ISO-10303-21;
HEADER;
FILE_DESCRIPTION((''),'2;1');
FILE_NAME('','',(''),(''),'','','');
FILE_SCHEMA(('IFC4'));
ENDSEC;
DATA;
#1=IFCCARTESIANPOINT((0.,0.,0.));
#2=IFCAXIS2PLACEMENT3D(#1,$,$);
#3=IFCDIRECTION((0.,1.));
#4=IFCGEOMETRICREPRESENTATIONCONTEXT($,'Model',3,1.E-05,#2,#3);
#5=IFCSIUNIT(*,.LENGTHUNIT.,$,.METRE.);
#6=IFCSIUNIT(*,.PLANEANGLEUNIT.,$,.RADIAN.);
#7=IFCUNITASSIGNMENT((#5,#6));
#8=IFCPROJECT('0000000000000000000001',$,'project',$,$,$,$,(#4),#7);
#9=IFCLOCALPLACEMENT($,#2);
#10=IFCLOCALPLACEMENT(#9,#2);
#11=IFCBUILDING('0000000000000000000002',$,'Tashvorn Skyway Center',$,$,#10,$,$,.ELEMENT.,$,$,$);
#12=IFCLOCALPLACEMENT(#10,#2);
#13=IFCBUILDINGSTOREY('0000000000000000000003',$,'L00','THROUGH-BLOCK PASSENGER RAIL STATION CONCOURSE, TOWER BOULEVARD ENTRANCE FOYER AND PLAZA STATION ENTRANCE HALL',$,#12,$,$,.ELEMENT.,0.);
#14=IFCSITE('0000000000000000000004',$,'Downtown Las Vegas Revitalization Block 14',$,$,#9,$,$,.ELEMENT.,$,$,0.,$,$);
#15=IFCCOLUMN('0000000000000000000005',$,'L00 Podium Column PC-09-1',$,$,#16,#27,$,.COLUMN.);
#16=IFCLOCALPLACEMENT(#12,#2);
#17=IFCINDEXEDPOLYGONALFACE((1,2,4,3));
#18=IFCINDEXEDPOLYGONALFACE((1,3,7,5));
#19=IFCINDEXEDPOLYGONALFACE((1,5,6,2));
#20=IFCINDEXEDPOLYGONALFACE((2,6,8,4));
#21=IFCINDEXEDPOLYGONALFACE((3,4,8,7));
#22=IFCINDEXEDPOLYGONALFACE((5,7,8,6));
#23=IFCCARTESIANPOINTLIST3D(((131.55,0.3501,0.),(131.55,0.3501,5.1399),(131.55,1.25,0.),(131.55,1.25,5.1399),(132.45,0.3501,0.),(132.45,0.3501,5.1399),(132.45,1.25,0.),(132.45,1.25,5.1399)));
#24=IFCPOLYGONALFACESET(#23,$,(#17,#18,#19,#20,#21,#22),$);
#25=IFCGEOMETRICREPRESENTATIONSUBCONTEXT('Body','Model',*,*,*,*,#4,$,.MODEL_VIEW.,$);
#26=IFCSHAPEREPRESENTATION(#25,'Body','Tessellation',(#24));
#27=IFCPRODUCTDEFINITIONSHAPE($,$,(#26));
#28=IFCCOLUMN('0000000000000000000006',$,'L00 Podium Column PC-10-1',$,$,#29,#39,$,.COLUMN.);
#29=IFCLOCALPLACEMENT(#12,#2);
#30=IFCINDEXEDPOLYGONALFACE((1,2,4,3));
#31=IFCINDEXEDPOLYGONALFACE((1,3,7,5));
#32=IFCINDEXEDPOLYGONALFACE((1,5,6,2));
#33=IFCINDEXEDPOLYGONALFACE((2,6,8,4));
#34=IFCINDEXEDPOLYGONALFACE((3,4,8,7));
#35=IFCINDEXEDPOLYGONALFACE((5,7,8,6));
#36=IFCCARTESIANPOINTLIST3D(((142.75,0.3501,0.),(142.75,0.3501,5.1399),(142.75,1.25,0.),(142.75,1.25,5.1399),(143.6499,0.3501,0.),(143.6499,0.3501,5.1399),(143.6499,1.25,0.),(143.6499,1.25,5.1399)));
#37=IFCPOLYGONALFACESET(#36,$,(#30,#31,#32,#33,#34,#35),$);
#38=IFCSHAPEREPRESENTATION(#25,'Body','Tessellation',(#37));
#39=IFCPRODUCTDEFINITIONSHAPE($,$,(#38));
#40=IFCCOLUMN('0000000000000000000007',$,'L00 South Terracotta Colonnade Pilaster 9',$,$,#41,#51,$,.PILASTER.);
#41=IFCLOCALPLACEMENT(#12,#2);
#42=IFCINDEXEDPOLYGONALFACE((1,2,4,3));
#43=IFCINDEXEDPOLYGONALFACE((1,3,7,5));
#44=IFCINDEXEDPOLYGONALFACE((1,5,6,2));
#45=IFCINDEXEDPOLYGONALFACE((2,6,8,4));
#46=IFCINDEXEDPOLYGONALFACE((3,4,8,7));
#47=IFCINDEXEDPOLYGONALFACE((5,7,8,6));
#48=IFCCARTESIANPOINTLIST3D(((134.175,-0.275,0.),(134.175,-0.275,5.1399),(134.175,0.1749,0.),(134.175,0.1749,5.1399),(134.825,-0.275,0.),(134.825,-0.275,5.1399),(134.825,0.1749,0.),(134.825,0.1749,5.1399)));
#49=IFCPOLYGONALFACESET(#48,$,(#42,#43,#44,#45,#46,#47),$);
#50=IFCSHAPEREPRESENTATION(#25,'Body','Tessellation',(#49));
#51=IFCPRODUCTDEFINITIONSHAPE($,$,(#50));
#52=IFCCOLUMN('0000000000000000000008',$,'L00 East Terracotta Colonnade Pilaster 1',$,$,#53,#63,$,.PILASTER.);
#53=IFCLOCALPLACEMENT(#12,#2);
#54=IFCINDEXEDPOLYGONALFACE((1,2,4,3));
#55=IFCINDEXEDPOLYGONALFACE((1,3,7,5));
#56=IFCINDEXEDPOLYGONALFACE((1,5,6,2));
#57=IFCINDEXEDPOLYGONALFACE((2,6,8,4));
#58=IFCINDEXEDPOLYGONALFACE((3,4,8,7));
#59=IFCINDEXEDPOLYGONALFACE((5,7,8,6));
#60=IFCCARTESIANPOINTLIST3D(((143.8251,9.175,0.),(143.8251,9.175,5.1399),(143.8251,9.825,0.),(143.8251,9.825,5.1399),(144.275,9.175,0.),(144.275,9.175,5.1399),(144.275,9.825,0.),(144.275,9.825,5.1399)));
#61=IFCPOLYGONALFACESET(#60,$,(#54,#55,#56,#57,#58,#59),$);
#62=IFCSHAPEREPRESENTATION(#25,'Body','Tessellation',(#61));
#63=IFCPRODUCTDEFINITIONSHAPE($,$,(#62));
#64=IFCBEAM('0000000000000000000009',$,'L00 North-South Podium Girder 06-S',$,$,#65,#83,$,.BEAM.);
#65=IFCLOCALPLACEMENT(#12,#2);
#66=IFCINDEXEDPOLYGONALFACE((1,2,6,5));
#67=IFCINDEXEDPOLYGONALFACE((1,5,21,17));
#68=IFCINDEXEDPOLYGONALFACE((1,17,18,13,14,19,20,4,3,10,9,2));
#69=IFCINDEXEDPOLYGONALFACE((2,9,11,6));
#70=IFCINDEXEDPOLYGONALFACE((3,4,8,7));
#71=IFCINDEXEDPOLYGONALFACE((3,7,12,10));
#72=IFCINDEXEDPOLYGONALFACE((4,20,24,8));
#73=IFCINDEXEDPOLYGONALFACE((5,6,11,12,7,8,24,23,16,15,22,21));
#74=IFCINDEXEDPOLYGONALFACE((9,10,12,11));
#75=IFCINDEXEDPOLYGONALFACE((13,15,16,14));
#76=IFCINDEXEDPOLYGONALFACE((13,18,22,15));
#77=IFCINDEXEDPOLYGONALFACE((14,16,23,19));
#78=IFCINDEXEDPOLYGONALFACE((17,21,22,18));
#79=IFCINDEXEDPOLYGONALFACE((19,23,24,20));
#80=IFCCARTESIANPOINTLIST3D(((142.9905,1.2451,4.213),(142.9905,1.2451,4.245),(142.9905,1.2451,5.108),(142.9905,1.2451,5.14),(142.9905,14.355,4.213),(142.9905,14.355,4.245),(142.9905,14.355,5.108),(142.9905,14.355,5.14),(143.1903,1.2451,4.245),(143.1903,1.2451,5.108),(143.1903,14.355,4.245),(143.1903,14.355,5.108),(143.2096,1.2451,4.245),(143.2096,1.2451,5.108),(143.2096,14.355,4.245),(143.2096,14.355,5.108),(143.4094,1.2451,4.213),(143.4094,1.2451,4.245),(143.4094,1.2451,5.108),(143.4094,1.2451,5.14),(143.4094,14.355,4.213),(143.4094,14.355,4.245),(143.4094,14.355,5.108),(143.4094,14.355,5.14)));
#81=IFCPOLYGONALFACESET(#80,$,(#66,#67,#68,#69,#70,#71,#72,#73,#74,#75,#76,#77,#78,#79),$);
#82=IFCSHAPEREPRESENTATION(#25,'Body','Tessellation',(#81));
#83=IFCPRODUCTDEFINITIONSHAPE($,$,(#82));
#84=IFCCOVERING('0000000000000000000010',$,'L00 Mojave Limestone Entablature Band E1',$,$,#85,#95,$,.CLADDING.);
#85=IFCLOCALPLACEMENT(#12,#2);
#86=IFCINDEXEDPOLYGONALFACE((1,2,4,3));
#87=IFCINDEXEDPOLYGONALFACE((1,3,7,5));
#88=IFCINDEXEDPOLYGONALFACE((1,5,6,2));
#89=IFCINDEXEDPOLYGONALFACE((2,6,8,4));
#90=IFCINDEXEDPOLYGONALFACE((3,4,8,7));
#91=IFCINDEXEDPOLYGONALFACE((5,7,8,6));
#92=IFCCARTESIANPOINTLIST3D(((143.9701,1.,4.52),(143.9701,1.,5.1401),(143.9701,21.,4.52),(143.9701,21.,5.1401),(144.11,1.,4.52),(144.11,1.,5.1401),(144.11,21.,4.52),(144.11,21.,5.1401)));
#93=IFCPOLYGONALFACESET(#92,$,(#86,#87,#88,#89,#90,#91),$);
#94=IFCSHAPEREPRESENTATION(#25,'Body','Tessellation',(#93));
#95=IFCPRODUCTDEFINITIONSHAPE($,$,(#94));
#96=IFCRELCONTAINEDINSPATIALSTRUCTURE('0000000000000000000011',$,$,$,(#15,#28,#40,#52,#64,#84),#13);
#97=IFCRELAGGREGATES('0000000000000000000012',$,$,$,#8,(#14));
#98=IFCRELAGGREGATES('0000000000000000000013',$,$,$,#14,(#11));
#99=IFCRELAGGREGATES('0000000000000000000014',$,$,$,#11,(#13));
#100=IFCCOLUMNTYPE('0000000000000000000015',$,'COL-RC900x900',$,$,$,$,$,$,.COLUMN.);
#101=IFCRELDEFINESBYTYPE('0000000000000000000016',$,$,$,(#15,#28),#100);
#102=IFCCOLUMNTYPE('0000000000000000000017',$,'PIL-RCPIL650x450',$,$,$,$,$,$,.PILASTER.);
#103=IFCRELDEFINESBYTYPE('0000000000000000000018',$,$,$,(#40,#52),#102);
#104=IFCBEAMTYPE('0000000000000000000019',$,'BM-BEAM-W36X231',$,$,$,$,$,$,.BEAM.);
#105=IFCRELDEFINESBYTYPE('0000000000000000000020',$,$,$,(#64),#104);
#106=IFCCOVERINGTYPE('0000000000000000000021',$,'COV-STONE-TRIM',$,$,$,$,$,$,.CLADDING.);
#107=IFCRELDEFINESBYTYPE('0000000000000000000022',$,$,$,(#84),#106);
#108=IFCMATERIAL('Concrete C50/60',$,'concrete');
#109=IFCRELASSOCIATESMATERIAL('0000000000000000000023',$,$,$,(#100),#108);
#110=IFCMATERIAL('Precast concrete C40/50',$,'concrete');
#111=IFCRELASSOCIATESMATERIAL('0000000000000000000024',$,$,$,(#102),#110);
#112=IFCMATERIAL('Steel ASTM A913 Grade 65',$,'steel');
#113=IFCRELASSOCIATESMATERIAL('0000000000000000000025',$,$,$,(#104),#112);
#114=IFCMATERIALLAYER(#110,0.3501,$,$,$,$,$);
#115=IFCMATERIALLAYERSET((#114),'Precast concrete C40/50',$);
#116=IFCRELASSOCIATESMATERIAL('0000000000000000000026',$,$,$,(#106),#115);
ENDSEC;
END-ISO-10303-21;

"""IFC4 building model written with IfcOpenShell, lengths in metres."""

from ifc_helpers import new_model, si_unit, direction, frame, origin, origin_2d, place, context, subcontext, project, spatial, rectangle, i_section, extrude, material, layer, layer_set, material_profile, profile_set, type_object, element, save


model = new_model("IFC4")

# Units and contexts
model_context = context("Model", 3, precision=1e-05, world=origin(), true_north=direction((0.0, 1.0)))
body_context = subcontext(model_context, "Body", "Model", "MODEL_VIEW")
ifc_project = project(units=[si_unit("LENGTHUNIT", "METRE"), si_unit("PLANEANGLEUNIT", "RADIAN")], contexts=[model_context])

# Site, building, storey
site_placement = place(None, origin())
site = spatial("IfcSite", under=ifc_project, at=site_placement, Name="Downtown Las Vegas Revitalization Block 14", CompositionType="ELEMENT", RefElevation=0.0)
building_placement = place(site_placement, origin())
building = spatial("IfcBuilding", under=site, at=building_placement, Name="Tashvorn Skyway Center", CompositionType="ELEMENT")
storey_placement = place(building_placement, origin())
storey = spatial("IfcBuildingStorey", under=building, at=storey_placement, Name="L00", Description="THROUGH-BLOCK PASSENGER RAIL STATION CONCOURSE, TOWER BOULEVARD ENTRANCE FOYER AND PLAZA STATION ENTRANCE HALL", CompositionType="ELEMENT", Elevation=0.0)

# Columns
ifc_material_1 = material(Name="Concrete C50/60", Category="concrete")
ifc_material_profile_1 = material_profile(ifc_material_1, rectangle(XDim=0.8999, YDim=0.8999, at=origin_2d()), Name="RC900x900")
ifc_profile_set_1 = profile_set([ifc_material_profile_1], Name="Concrete C50/60")
column_type_1 = type_object("IfcColumnType", Name="COL-RC900x900", PredefinedType="COLUMN", material=ifc_profile_set_1)
for number, where, z_axis, x_axis, name in (
    (1, (132.0, 0.8, 0.0), (0.0, 0.0, 1.0), (1.0, 0.0, 0.0), "L00 Podium Column PC-09-1"),
    (2, (143.2, 0.8, 0.0), (0.0, 0.0, 1.0), (1.0, 0.0, 0.0), "L00 Podium Column PC-10-1"),
):
    element("IfcColumn", number, at=place(storey_placement, frame(where, z_axis=z_axis, x_axis=x_axis)), inside=storey, type_object=column_type_1, Name=name, PredefinedType="COLUMN", context=body_context, shape_type="SweptSolid", body=[
        extrude(rectangle(XDim=0.8999, YDim=0.8999, at=origin_2d()), origin(), (0.0, 0.0, 1.0), 5.1399),
    ])
ifc_material_2 = material(Name="Precast concrete C40/50", Category="concrete")
ifc_material_profile_2 = material_profile(ifc_material_2, rectangle(XDim=0.6499, YDim=0.45, at=origin_2d()), Name="RCPIL650x450")
ifc_profile_set_2 = profile_set([ifc_material_profile_2], Name="Precast concrete C40/50")
column_type_2 = type_object("IfcColumnType", Name="PIL-RCPIL650x450", PredefinedType="PILASTER", material=ifc_profile_set_2)
for number, where, z_axis, x_axis, name in (
    (3, (134.5, -0.05, 0.0), (0.0, 0.0, 1.0), (1.0, 0.0, 0.0), "L00 South Terracotta Colonnade Pilaster 9"),
    (4, (144.05, 9.5, 0.0), (0.0, 0.0, 1.0), (0.0, 1.0, 0.0), "L00 East Terracotta Colonnade Pilaster 1"),
):
    element("IfcColumn", number, at=place(storey_placement, frame(where, z_axis=z_axis, x_axis=x_axis)), inside=storey, type_object=column_type_2, Name=name, PredefinedType="PILASTER", context=body_context, shape_type="SweptSolid", body=[
        extrude(rectangle(XDim=0.6499, YDim=0.45, at=origin_2d()), origin(), (0.0, 0.0, 1.0), 5.1399),
    ])

# Beam
ifc_material_3 = material(Name="Steel ASTM A913 Grade 65", Category="steel")
ifc_material_profile_3 = material_profile(ifc_material_3, i_section(OverallWidth=0.4189, OverallDepth=0.927, WebThickness=0.0193, FlangeThickness=0.032, at=origin_2d()), Name="W36X231")
ifc_profile_set_3 = profile_set([ifc_material_profile_3], Name="Steel ASTM A913 Grade 65")
beam_type = type_object("IfcBeamType", Name="BM-BEAM-W36X231", PredefinedType="BEAM", material=ifc_profile_set_3)
beam_placement = place(storey_placement, frame((143.2, 1.2451, 4.6765), z_axis=(0.0, 1.0, 0.0), x_axis=(-1.0, 0.0, 0.0)))
element("IfcBeam", 5, at=beam_placement, inside=storey, type_object=beam_type, Name="L00 North-South Podium Girder 06-S", PredefinedType="BEAM", context=body_context, shape_type="SweptSolid", body=[
    extrude(i_section(OverallWidth=0.4189, OverallDepth=0.927, WebThickness=0.0193, FlangeThickness=0.032, at=origin_2d()), origin(), (0.0, 0.0, 1.0), 13.1099),
])

# Covering
ifc_layer_1 = layer(ifc_material_2, 0.3501)
ifc_layer_set_1 = layer_set([ifc_layer_1], Name="Precast concrete C40/50")
covering_type = type_object("IfcCoveringType", Name="COV-STONE-TRIM", PredefinedType="CLADDING", material=ifc_layer_set_1)
covering_placement = place(storey_placement, frame((144.04, 11.0, 4.52), z_axis=(0.0, 0.0, 1.0), x_axis=(1.0, 0.0, 0.0)))
element("IfcCovering", 6, at=covering_placement, inside=storey, type_object=covering_type, Name="L00 Mojave Limestone Entablature Band E1", PredefinedType="CLADDING", context=body_context, shape_type="SweptSolid", body=[
    extrude(rectangle(XDim=0.1399, YDim=20.0, at=origin_2d()), origin(), (0.0, 0.0, 1.0), 0.6201),
])

save(model, "model.ifc")
